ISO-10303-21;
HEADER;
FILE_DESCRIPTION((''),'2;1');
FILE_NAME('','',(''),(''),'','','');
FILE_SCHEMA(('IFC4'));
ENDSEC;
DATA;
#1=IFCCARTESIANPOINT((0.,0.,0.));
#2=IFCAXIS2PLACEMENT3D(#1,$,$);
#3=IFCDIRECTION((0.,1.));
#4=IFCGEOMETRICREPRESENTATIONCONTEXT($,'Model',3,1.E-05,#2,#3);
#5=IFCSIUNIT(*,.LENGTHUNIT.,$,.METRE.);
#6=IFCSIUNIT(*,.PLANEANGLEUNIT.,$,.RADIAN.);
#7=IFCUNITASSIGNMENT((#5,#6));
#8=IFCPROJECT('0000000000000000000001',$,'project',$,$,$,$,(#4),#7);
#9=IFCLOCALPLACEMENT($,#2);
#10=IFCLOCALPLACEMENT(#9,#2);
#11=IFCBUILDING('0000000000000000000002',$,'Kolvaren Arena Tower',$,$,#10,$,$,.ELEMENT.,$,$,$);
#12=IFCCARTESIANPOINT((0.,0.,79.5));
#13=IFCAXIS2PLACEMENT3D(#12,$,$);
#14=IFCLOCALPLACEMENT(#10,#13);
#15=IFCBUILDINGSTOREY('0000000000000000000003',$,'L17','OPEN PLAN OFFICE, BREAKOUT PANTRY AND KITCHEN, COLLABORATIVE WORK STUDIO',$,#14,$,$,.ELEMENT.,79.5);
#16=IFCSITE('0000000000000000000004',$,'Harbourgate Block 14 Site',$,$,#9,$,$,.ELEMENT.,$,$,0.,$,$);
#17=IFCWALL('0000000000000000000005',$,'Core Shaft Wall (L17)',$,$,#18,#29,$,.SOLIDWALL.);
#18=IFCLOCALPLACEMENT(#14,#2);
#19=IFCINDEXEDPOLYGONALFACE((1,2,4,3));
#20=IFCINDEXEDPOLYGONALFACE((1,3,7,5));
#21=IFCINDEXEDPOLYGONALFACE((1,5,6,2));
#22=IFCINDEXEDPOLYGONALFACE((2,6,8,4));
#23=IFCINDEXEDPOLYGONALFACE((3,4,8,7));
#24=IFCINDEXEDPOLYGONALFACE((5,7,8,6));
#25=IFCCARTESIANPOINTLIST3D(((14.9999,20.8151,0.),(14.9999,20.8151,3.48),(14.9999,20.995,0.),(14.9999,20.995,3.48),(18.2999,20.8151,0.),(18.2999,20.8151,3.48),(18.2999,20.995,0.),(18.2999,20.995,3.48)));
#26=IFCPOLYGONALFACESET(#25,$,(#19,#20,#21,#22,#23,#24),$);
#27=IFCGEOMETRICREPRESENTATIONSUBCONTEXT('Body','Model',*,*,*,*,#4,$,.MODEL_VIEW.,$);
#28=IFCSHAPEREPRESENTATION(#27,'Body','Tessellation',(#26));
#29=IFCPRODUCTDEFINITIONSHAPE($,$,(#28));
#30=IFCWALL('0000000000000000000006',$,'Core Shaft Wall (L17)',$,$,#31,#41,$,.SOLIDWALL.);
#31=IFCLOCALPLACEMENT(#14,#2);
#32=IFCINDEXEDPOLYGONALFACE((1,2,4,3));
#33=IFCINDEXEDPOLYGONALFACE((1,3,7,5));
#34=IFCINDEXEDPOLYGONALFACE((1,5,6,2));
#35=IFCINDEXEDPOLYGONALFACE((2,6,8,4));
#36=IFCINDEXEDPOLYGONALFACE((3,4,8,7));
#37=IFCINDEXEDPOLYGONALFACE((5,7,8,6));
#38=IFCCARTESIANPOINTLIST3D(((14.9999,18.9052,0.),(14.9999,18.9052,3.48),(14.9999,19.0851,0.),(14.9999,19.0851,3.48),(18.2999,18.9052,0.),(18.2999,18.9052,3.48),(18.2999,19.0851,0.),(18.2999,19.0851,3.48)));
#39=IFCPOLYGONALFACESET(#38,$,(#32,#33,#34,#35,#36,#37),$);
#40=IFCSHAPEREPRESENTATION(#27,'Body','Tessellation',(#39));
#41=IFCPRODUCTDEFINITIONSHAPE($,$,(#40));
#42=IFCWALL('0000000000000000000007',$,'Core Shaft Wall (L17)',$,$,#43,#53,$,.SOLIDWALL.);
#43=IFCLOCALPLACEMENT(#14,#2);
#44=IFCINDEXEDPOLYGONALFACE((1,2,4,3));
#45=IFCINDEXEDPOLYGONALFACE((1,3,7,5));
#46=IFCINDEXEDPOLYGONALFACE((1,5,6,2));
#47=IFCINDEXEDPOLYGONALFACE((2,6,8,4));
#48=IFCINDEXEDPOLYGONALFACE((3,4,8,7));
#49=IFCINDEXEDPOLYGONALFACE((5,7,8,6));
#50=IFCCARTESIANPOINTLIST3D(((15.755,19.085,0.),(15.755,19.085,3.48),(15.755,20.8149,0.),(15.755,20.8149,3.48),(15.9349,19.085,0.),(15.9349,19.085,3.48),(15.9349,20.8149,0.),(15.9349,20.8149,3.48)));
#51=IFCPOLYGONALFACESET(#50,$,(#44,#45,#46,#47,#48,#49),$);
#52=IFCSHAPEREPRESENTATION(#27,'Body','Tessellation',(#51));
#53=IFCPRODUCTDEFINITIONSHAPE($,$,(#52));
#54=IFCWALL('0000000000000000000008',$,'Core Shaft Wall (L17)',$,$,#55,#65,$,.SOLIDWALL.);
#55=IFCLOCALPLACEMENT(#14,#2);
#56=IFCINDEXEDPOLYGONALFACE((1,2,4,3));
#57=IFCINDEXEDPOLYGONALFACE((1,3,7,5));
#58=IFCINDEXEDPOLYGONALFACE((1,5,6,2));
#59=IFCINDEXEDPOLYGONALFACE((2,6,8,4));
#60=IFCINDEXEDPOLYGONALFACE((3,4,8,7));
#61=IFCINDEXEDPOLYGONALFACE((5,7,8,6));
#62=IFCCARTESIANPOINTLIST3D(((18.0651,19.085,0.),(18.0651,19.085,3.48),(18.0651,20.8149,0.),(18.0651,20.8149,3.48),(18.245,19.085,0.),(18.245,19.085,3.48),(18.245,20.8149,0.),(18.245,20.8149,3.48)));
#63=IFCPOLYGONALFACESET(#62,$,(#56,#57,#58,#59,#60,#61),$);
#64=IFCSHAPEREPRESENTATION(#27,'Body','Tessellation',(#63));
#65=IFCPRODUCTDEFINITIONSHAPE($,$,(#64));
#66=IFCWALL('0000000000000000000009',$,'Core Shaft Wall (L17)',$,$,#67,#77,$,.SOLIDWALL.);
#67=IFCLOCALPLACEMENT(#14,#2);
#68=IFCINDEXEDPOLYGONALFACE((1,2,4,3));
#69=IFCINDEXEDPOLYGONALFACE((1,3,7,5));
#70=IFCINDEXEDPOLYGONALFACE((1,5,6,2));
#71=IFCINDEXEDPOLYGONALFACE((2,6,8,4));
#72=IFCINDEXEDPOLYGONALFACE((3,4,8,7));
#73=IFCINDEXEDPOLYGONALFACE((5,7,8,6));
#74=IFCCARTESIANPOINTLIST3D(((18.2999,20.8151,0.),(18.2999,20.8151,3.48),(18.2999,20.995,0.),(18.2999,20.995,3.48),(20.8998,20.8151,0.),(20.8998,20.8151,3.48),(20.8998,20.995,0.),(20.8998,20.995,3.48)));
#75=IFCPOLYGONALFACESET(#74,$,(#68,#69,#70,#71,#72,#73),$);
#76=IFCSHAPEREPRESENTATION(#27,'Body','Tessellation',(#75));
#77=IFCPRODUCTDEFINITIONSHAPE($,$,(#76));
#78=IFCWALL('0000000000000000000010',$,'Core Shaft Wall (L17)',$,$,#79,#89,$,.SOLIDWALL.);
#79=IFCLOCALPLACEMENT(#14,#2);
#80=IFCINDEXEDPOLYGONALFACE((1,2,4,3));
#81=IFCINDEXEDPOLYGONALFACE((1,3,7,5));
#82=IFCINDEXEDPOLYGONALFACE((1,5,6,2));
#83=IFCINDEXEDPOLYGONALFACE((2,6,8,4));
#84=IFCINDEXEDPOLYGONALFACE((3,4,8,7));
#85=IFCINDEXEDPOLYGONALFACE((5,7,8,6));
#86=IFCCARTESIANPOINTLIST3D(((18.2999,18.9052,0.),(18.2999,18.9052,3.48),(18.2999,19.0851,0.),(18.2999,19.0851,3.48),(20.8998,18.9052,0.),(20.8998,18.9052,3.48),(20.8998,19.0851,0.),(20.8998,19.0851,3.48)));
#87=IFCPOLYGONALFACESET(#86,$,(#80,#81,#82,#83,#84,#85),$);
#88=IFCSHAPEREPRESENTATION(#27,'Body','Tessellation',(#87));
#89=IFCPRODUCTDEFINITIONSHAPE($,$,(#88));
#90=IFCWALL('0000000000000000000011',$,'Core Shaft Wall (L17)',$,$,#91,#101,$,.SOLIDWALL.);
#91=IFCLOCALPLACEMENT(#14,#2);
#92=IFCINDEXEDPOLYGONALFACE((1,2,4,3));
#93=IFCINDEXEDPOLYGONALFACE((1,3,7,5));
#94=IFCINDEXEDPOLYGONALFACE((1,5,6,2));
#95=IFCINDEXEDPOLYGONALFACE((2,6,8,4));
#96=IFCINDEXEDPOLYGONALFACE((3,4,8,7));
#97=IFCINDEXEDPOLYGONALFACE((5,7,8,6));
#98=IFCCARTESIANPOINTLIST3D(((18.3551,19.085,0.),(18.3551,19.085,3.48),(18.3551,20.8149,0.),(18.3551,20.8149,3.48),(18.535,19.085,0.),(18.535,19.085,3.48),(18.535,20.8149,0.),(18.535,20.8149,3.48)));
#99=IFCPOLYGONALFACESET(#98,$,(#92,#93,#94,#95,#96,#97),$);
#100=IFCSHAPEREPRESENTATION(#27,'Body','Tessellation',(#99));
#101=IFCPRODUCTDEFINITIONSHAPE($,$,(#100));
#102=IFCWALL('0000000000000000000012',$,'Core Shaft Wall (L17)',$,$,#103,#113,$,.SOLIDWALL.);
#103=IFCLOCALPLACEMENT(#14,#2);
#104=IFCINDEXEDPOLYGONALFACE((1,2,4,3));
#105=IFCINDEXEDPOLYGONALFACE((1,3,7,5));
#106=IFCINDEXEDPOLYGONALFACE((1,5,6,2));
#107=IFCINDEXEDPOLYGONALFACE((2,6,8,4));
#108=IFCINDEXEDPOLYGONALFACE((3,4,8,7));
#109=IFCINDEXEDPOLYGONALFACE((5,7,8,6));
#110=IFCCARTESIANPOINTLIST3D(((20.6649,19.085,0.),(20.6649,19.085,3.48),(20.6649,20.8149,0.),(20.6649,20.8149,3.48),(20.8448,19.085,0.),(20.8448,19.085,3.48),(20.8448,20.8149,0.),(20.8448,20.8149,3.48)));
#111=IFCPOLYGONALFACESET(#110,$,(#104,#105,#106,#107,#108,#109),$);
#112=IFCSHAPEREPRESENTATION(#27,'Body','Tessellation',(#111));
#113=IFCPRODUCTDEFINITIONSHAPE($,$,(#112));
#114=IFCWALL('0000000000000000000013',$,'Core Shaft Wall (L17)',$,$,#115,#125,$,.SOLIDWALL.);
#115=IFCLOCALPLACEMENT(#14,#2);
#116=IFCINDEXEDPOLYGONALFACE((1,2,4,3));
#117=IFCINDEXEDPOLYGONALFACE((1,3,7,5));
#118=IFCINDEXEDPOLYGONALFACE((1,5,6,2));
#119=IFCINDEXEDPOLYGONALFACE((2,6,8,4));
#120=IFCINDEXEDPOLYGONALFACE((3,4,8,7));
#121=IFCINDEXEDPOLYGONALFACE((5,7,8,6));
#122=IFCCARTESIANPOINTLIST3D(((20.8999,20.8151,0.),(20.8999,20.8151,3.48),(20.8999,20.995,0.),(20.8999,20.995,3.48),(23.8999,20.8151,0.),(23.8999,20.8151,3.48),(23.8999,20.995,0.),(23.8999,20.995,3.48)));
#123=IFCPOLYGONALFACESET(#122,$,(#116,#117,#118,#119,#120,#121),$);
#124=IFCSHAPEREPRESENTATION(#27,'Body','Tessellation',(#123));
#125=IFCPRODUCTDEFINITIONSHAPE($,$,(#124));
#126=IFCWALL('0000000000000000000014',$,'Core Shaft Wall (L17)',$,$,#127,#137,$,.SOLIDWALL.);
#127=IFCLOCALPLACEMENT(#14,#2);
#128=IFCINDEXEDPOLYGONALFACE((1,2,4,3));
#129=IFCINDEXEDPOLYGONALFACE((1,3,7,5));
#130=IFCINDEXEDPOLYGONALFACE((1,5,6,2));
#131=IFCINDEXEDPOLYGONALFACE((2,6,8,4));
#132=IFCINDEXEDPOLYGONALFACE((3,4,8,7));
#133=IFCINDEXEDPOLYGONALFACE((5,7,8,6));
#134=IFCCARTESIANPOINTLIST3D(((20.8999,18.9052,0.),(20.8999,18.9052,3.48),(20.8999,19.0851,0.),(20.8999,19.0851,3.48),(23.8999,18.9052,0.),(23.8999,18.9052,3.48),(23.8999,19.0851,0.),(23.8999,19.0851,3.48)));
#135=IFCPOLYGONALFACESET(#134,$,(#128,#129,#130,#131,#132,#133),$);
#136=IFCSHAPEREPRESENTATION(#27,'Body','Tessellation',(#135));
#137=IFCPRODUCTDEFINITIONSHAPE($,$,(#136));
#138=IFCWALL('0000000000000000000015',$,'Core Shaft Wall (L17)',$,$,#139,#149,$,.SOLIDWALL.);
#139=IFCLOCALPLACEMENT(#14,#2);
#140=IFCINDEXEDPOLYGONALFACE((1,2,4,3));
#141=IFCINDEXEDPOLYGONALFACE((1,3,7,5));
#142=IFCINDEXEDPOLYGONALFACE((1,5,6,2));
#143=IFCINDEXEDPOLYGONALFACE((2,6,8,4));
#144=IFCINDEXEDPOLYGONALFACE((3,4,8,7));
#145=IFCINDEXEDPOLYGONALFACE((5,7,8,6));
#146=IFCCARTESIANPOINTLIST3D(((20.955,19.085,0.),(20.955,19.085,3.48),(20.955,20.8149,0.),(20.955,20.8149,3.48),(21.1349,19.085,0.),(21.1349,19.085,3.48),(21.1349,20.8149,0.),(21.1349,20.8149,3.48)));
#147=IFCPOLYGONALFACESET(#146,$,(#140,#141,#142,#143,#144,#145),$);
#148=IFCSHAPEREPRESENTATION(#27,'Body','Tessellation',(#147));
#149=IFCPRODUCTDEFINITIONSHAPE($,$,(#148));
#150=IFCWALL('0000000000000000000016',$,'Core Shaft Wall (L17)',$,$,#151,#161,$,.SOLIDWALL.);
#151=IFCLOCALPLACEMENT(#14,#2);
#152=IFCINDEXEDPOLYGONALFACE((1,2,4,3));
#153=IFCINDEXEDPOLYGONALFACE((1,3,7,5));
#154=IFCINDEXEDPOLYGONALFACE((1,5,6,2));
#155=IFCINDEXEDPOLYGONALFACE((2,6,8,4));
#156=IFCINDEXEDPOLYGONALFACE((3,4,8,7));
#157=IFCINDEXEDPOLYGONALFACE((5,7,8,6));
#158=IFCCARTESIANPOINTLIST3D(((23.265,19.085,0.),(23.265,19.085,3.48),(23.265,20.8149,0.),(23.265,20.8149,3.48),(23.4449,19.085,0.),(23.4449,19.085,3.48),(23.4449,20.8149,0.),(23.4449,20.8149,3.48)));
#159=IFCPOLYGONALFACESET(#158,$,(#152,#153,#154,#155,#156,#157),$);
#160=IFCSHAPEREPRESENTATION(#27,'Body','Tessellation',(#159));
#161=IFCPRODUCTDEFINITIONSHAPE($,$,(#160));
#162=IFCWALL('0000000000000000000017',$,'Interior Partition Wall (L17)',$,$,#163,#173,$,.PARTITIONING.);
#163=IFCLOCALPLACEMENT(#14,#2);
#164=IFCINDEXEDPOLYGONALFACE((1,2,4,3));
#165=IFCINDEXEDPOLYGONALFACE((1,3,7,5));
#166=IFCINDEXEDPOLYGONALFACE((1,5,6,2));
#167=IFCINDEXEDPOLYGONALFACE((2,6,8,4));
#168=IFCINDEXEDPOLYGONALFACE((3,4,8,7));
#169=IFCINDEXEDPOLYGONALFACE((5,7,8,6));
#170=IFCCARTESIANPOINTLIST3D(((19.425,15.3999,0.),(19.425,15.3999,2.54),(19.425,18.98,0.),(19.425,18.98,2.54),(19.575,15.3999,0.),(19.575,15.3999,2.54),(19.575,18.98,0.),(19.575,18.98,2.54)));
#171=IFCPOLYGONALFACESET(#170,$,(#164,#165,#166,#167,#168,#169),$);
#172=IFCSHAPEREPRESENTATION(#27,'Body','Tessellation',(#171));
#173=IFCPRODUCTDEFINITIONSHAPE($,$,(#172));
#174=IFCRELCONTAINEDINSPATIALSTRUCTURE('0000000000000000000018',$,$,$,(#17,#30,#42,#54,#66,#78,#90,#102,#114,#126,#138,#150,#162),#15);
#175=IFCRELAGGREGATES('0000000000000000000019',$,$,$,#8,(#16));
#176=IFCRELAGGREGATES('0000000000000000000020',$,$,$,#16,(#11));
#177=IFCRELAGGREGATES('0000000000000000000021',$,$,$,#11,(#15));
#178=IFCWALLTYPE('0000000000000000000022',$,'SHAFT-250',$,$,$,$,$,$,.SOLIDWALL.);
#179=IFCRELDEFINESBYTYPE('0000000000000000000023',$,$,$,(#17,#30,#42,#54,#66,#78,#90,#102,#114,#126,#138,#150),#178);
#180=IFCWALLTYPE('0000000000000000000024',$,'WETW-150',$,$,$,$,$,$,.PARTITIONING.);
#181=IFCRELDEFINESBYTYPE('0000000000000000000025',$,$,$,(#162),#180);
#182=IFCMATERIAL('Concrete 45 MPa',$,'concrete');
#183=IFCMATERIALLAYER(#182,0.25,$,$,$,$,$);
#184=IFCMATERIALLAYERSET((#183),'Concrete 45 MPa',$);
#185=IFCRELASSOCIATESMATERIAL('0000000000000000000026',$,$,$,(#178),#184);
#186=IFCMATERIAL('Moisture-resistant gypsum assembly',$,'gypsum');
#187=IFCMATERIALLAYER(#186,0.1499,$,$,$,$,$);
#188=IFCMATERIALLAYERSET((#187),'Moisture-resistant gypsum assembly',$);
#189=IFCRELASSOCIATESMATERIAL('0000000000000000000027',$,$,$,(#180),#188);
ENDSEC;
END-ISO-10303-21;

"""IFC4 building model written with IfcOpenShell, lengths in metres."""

from ifc_helpers import new_model, si_unit, direction, frame, frame_2d, origin, place, context, subcontext, project, spatial, rectangle, extrude, material, layer, layer_set, type_object, element, save


model = new_model("IFC4")

# Units and contexts
model_context = context("Model", 3, precision=1e-05, world=origin(), true_north=direction((0.0, 1.0)))
body_context = subcontext(model_context, "Body", "Model", "MODEL_VIEW")
ifc_project = project(units=[si_unit("LENGTHUNIT", "METRE"), si_unit("PLANEANGLEUNIT", "RADIAN")], contexts=[model_context])

# Site, building, storey
site_placement = place(None, origin())
site = spatial("IfcSite", under=ifc_project, at=site_placement, Name="Harbourgate Block 14 Site", CompositionType="ELEMENT", RefElevation=0.0)
building_placement = place(site_placement, origin())
building = spatial("IfcBuilding", under=site, at=building_placement, Name="Kolvaren Arena Tower", CompositionType="ELEMENT")
storey_placement = place(building_placement, frame((0.0, 0.0, 79.5)))
storey = spatial("IfcBuildingStorey", under=building, at=storey_placement, Name="L17", Description="OPEN PLAN OFFICE, BREAKOUT PANTRY AND KITCHEN, COLLABORATIVE WORK STUDIO", CompositionType="ELEMENT", Elevation=79.5)

# Walls
ifc_material_1 = material(Name="Concrete 45 MPa", Category="concrete")
ifc_layer_1 = layer(ifc_material_1, 0.25)
ifc_layer_set_1 = layer_set([ifc_layer_1], Name="Concrete 45 MPa")
wall_type_1 = type_object("IfcWallType", Name="SHAFT-250", PredefinedType="SOLIDWALL", material=ifc_layer_set_1)
for number, where, z_axis, x_axis, name in (
    (1, (15.0, 20.905, 0.0), (0.0, 0.0, 1.0), (1.0, 0.0, 0.0), "Core Shaft Wall (L17)"),
    (2, (15.0, 18.9951, 0.0), (0.0, 0.0, 1.0), (1.0, 0.0, 0.0), "Core Shaft Wall (L17)"),
):
    element("IfcWall", number, at=place(storey_placement, frame(where, z_axis=z_axis, x_axis=x_axis)), inside=storey, type_object=wall_type_1, Name=name, PredefinedType="SOLIDWALL", context=body_context, shape_type="SweptSolid", body=[
        extrude(rectangle(XDim=3.3, YDim=0.1799, at=frame_2d((1.6499, 0.0))), origin(), (0.0, 0.0, 1.0), 3.48),
    ])
for number, where, z_axis, x_axis, name in (
    (3, (15.845, 19.085, 0.0), (0.0, 0.0, 1.0), (0.0, 1.0, 0.0), "Core Shaft Wall (L17)"),
    (4, (18.155, 19.085, 0.0), (0.0, 0.0, 1.0), (0.0, 1.0, 0.0), "Core Shaft Wall (L17)"),
):
    element("IfcWall", number, at=place(storey_placement, frame(where, z_axis=z_axis, x_axis=x_axis)), inside=storey, type_object=wall_type_1, Name=name, PredefinedType="SOLIDWALL", context=body_context, shape_type="SweptSolid", body=[
        extrude(rectangle(XDim=1.73, YDim=0.1799, at=frame_2d((0.865, 0.0))), origin(), (0.0, 0.0, 1.0), 3.48),
    ])
for number, where, z_axis, x_axis, name in (
    (5, (18.3, 20.905, 0.0), (0.0, 0.0, 1.0), (1.0, 0.0, 0.0), "Core Shaft Wall (L17)"),
    (6, (18.3, 18.9951, 0.0), (0.0, 0.0, 1.0), (1.0, 0.0, 0.0), "Core Shaft Wall (L17)"),
):
    element("IfcWall", number, at=place(storey_placement, frame(where, z_axis=z_axis, x_axis=x_axis)), inside=storey, type_object=wall_type_1, Name=name, PredefinedType="SOLIDWALL", context=body_context, shape_type="SweptSolid", body=[
        extrude(rectangle(XDim=2.5999, YDim=0.1799, at=frame_2d((1.2998, 0.0))), origin(), (0.0, 0.0, 1.0), 3.48),
    ])
for number, where, z_axis, x_axis, name in (
    (7, (18.4451, 19.085, 0.0), (0.0, 0.0, 1.0), (0.0, 1.0, 0.0), "Core Shaft Wall (L17)"),
    (8, (20.7549, 19.085, 0.0), (0.0, 0.0, 1.0), (0.0, 1.0, 0.0), "Core Shaft Wall (L17)"),
):
    element("IfcWall", number, at=place(storey_placement, frame(where, z_axis=z_axis, x_axis=x_axis)), inside=storey, type_object=wall_type_1, Name=name, PredefinedType="SOLIDWALL", context=body_context, shape_type="SweptSolid", body=[
        extrude(rectangle(XDim=1.73, YDim=0.1799, at=frame_2d((0.865, 0.0))), origin(), (0.0, 0.0, 1.0), 3.48),
    ])
for number, where, z_axis, x_axis, name in (
    (9, (20.8999, 20.905, 0.0), (0.0, 0.0, 1.0), (1.0, 0.0, 0.0), "Core Shaft Wall (L17)"),
    (10, (20.8999, 18.9951, 0.0), (0.0, 0.0, 1.0), (1.0, 0.0, 0.0), "Core Shaft Wall (L17)"),
):
    element("IfcWall", number, at=place(storey_placement, frame(where, z_axis=z_axis, x_axis=x_axis)), inside=storey, type_object=wall_type_1, Name=name, PredefinedType="SOLIDWALL", context=body_context, shape_type="SweptSolid", body=[
        extrude(rectangle(XDim=3.0, YDim=0.1799, at=frame_2d((1.5, 0.0))), origin(), (0.0, 0.0, 1.0), 3.48),
    ])
for number, where, z_axis, x_axis, name in (
    (11, (21.0449, 19.085, 0.0), (0.0, 0.0, 1.0), (0.0, 1.0, 0.0), "Core Shaft Wall (L17)"),
    (12, (23.355, 19.085, 0.0), (0.0, 0.0, 1.0), (0.0, 1.0, 0.0), "Core Shaft Wall (L17)"),
):
    element("IfcWall", number, at=place(storey_placement, frame(where, z_axis=z_axis, x_axis=x_axis)), inside=storey, type_object=wall_type_1, Name=name, PredefinedType="SOLIDWALL", context=body_context, shape_type="SweptSolid", body=[
        extrude(rectangle(XDim=1.73, YDim=0.1799, at=frame_2d((0.865, 0.0))), origin(), (0.0, 0.0, 1.0), 3.48),
    ])
ifc_material_2 = material(Name="Moisture-resistant gypsum assembly", Category="gypsum")
ifc_layer_2 = layer(ifc_material_2, 0.1499)
ifc_layer_set_2 = layer_set([ifc_layer_2], Name="Moisture-resistant gypsum assembly")
wall_type_2 = type_object("IfcWallType", Name="WETW-150", PredefinedType="PARTITIONING", material=ifc_layer_set_2)
wall_1_placement = place(storey_placement, frame((19.5, 15.3999, 0.0), z_axis=(0.0, 0.0, 1.0), x_axis=(0.0, 1.0, 0.0)))
element("IfcWall", 13, at=wall_1_placement, inside=storey, type_object=wall_type_2, Name="Interior Partition Wall (L17)", PredefinedType="PARTITIONING", context=body_context, shape_type="SweptSolid", body=[
    extrude(rectangle(XDim=3.5801, YDim=0.1499, at=frame_2d((1.79, 0.0))), origin(), (0.0, 0.0, 1.0), 2.54),
])

save(model, "model.ifc")
